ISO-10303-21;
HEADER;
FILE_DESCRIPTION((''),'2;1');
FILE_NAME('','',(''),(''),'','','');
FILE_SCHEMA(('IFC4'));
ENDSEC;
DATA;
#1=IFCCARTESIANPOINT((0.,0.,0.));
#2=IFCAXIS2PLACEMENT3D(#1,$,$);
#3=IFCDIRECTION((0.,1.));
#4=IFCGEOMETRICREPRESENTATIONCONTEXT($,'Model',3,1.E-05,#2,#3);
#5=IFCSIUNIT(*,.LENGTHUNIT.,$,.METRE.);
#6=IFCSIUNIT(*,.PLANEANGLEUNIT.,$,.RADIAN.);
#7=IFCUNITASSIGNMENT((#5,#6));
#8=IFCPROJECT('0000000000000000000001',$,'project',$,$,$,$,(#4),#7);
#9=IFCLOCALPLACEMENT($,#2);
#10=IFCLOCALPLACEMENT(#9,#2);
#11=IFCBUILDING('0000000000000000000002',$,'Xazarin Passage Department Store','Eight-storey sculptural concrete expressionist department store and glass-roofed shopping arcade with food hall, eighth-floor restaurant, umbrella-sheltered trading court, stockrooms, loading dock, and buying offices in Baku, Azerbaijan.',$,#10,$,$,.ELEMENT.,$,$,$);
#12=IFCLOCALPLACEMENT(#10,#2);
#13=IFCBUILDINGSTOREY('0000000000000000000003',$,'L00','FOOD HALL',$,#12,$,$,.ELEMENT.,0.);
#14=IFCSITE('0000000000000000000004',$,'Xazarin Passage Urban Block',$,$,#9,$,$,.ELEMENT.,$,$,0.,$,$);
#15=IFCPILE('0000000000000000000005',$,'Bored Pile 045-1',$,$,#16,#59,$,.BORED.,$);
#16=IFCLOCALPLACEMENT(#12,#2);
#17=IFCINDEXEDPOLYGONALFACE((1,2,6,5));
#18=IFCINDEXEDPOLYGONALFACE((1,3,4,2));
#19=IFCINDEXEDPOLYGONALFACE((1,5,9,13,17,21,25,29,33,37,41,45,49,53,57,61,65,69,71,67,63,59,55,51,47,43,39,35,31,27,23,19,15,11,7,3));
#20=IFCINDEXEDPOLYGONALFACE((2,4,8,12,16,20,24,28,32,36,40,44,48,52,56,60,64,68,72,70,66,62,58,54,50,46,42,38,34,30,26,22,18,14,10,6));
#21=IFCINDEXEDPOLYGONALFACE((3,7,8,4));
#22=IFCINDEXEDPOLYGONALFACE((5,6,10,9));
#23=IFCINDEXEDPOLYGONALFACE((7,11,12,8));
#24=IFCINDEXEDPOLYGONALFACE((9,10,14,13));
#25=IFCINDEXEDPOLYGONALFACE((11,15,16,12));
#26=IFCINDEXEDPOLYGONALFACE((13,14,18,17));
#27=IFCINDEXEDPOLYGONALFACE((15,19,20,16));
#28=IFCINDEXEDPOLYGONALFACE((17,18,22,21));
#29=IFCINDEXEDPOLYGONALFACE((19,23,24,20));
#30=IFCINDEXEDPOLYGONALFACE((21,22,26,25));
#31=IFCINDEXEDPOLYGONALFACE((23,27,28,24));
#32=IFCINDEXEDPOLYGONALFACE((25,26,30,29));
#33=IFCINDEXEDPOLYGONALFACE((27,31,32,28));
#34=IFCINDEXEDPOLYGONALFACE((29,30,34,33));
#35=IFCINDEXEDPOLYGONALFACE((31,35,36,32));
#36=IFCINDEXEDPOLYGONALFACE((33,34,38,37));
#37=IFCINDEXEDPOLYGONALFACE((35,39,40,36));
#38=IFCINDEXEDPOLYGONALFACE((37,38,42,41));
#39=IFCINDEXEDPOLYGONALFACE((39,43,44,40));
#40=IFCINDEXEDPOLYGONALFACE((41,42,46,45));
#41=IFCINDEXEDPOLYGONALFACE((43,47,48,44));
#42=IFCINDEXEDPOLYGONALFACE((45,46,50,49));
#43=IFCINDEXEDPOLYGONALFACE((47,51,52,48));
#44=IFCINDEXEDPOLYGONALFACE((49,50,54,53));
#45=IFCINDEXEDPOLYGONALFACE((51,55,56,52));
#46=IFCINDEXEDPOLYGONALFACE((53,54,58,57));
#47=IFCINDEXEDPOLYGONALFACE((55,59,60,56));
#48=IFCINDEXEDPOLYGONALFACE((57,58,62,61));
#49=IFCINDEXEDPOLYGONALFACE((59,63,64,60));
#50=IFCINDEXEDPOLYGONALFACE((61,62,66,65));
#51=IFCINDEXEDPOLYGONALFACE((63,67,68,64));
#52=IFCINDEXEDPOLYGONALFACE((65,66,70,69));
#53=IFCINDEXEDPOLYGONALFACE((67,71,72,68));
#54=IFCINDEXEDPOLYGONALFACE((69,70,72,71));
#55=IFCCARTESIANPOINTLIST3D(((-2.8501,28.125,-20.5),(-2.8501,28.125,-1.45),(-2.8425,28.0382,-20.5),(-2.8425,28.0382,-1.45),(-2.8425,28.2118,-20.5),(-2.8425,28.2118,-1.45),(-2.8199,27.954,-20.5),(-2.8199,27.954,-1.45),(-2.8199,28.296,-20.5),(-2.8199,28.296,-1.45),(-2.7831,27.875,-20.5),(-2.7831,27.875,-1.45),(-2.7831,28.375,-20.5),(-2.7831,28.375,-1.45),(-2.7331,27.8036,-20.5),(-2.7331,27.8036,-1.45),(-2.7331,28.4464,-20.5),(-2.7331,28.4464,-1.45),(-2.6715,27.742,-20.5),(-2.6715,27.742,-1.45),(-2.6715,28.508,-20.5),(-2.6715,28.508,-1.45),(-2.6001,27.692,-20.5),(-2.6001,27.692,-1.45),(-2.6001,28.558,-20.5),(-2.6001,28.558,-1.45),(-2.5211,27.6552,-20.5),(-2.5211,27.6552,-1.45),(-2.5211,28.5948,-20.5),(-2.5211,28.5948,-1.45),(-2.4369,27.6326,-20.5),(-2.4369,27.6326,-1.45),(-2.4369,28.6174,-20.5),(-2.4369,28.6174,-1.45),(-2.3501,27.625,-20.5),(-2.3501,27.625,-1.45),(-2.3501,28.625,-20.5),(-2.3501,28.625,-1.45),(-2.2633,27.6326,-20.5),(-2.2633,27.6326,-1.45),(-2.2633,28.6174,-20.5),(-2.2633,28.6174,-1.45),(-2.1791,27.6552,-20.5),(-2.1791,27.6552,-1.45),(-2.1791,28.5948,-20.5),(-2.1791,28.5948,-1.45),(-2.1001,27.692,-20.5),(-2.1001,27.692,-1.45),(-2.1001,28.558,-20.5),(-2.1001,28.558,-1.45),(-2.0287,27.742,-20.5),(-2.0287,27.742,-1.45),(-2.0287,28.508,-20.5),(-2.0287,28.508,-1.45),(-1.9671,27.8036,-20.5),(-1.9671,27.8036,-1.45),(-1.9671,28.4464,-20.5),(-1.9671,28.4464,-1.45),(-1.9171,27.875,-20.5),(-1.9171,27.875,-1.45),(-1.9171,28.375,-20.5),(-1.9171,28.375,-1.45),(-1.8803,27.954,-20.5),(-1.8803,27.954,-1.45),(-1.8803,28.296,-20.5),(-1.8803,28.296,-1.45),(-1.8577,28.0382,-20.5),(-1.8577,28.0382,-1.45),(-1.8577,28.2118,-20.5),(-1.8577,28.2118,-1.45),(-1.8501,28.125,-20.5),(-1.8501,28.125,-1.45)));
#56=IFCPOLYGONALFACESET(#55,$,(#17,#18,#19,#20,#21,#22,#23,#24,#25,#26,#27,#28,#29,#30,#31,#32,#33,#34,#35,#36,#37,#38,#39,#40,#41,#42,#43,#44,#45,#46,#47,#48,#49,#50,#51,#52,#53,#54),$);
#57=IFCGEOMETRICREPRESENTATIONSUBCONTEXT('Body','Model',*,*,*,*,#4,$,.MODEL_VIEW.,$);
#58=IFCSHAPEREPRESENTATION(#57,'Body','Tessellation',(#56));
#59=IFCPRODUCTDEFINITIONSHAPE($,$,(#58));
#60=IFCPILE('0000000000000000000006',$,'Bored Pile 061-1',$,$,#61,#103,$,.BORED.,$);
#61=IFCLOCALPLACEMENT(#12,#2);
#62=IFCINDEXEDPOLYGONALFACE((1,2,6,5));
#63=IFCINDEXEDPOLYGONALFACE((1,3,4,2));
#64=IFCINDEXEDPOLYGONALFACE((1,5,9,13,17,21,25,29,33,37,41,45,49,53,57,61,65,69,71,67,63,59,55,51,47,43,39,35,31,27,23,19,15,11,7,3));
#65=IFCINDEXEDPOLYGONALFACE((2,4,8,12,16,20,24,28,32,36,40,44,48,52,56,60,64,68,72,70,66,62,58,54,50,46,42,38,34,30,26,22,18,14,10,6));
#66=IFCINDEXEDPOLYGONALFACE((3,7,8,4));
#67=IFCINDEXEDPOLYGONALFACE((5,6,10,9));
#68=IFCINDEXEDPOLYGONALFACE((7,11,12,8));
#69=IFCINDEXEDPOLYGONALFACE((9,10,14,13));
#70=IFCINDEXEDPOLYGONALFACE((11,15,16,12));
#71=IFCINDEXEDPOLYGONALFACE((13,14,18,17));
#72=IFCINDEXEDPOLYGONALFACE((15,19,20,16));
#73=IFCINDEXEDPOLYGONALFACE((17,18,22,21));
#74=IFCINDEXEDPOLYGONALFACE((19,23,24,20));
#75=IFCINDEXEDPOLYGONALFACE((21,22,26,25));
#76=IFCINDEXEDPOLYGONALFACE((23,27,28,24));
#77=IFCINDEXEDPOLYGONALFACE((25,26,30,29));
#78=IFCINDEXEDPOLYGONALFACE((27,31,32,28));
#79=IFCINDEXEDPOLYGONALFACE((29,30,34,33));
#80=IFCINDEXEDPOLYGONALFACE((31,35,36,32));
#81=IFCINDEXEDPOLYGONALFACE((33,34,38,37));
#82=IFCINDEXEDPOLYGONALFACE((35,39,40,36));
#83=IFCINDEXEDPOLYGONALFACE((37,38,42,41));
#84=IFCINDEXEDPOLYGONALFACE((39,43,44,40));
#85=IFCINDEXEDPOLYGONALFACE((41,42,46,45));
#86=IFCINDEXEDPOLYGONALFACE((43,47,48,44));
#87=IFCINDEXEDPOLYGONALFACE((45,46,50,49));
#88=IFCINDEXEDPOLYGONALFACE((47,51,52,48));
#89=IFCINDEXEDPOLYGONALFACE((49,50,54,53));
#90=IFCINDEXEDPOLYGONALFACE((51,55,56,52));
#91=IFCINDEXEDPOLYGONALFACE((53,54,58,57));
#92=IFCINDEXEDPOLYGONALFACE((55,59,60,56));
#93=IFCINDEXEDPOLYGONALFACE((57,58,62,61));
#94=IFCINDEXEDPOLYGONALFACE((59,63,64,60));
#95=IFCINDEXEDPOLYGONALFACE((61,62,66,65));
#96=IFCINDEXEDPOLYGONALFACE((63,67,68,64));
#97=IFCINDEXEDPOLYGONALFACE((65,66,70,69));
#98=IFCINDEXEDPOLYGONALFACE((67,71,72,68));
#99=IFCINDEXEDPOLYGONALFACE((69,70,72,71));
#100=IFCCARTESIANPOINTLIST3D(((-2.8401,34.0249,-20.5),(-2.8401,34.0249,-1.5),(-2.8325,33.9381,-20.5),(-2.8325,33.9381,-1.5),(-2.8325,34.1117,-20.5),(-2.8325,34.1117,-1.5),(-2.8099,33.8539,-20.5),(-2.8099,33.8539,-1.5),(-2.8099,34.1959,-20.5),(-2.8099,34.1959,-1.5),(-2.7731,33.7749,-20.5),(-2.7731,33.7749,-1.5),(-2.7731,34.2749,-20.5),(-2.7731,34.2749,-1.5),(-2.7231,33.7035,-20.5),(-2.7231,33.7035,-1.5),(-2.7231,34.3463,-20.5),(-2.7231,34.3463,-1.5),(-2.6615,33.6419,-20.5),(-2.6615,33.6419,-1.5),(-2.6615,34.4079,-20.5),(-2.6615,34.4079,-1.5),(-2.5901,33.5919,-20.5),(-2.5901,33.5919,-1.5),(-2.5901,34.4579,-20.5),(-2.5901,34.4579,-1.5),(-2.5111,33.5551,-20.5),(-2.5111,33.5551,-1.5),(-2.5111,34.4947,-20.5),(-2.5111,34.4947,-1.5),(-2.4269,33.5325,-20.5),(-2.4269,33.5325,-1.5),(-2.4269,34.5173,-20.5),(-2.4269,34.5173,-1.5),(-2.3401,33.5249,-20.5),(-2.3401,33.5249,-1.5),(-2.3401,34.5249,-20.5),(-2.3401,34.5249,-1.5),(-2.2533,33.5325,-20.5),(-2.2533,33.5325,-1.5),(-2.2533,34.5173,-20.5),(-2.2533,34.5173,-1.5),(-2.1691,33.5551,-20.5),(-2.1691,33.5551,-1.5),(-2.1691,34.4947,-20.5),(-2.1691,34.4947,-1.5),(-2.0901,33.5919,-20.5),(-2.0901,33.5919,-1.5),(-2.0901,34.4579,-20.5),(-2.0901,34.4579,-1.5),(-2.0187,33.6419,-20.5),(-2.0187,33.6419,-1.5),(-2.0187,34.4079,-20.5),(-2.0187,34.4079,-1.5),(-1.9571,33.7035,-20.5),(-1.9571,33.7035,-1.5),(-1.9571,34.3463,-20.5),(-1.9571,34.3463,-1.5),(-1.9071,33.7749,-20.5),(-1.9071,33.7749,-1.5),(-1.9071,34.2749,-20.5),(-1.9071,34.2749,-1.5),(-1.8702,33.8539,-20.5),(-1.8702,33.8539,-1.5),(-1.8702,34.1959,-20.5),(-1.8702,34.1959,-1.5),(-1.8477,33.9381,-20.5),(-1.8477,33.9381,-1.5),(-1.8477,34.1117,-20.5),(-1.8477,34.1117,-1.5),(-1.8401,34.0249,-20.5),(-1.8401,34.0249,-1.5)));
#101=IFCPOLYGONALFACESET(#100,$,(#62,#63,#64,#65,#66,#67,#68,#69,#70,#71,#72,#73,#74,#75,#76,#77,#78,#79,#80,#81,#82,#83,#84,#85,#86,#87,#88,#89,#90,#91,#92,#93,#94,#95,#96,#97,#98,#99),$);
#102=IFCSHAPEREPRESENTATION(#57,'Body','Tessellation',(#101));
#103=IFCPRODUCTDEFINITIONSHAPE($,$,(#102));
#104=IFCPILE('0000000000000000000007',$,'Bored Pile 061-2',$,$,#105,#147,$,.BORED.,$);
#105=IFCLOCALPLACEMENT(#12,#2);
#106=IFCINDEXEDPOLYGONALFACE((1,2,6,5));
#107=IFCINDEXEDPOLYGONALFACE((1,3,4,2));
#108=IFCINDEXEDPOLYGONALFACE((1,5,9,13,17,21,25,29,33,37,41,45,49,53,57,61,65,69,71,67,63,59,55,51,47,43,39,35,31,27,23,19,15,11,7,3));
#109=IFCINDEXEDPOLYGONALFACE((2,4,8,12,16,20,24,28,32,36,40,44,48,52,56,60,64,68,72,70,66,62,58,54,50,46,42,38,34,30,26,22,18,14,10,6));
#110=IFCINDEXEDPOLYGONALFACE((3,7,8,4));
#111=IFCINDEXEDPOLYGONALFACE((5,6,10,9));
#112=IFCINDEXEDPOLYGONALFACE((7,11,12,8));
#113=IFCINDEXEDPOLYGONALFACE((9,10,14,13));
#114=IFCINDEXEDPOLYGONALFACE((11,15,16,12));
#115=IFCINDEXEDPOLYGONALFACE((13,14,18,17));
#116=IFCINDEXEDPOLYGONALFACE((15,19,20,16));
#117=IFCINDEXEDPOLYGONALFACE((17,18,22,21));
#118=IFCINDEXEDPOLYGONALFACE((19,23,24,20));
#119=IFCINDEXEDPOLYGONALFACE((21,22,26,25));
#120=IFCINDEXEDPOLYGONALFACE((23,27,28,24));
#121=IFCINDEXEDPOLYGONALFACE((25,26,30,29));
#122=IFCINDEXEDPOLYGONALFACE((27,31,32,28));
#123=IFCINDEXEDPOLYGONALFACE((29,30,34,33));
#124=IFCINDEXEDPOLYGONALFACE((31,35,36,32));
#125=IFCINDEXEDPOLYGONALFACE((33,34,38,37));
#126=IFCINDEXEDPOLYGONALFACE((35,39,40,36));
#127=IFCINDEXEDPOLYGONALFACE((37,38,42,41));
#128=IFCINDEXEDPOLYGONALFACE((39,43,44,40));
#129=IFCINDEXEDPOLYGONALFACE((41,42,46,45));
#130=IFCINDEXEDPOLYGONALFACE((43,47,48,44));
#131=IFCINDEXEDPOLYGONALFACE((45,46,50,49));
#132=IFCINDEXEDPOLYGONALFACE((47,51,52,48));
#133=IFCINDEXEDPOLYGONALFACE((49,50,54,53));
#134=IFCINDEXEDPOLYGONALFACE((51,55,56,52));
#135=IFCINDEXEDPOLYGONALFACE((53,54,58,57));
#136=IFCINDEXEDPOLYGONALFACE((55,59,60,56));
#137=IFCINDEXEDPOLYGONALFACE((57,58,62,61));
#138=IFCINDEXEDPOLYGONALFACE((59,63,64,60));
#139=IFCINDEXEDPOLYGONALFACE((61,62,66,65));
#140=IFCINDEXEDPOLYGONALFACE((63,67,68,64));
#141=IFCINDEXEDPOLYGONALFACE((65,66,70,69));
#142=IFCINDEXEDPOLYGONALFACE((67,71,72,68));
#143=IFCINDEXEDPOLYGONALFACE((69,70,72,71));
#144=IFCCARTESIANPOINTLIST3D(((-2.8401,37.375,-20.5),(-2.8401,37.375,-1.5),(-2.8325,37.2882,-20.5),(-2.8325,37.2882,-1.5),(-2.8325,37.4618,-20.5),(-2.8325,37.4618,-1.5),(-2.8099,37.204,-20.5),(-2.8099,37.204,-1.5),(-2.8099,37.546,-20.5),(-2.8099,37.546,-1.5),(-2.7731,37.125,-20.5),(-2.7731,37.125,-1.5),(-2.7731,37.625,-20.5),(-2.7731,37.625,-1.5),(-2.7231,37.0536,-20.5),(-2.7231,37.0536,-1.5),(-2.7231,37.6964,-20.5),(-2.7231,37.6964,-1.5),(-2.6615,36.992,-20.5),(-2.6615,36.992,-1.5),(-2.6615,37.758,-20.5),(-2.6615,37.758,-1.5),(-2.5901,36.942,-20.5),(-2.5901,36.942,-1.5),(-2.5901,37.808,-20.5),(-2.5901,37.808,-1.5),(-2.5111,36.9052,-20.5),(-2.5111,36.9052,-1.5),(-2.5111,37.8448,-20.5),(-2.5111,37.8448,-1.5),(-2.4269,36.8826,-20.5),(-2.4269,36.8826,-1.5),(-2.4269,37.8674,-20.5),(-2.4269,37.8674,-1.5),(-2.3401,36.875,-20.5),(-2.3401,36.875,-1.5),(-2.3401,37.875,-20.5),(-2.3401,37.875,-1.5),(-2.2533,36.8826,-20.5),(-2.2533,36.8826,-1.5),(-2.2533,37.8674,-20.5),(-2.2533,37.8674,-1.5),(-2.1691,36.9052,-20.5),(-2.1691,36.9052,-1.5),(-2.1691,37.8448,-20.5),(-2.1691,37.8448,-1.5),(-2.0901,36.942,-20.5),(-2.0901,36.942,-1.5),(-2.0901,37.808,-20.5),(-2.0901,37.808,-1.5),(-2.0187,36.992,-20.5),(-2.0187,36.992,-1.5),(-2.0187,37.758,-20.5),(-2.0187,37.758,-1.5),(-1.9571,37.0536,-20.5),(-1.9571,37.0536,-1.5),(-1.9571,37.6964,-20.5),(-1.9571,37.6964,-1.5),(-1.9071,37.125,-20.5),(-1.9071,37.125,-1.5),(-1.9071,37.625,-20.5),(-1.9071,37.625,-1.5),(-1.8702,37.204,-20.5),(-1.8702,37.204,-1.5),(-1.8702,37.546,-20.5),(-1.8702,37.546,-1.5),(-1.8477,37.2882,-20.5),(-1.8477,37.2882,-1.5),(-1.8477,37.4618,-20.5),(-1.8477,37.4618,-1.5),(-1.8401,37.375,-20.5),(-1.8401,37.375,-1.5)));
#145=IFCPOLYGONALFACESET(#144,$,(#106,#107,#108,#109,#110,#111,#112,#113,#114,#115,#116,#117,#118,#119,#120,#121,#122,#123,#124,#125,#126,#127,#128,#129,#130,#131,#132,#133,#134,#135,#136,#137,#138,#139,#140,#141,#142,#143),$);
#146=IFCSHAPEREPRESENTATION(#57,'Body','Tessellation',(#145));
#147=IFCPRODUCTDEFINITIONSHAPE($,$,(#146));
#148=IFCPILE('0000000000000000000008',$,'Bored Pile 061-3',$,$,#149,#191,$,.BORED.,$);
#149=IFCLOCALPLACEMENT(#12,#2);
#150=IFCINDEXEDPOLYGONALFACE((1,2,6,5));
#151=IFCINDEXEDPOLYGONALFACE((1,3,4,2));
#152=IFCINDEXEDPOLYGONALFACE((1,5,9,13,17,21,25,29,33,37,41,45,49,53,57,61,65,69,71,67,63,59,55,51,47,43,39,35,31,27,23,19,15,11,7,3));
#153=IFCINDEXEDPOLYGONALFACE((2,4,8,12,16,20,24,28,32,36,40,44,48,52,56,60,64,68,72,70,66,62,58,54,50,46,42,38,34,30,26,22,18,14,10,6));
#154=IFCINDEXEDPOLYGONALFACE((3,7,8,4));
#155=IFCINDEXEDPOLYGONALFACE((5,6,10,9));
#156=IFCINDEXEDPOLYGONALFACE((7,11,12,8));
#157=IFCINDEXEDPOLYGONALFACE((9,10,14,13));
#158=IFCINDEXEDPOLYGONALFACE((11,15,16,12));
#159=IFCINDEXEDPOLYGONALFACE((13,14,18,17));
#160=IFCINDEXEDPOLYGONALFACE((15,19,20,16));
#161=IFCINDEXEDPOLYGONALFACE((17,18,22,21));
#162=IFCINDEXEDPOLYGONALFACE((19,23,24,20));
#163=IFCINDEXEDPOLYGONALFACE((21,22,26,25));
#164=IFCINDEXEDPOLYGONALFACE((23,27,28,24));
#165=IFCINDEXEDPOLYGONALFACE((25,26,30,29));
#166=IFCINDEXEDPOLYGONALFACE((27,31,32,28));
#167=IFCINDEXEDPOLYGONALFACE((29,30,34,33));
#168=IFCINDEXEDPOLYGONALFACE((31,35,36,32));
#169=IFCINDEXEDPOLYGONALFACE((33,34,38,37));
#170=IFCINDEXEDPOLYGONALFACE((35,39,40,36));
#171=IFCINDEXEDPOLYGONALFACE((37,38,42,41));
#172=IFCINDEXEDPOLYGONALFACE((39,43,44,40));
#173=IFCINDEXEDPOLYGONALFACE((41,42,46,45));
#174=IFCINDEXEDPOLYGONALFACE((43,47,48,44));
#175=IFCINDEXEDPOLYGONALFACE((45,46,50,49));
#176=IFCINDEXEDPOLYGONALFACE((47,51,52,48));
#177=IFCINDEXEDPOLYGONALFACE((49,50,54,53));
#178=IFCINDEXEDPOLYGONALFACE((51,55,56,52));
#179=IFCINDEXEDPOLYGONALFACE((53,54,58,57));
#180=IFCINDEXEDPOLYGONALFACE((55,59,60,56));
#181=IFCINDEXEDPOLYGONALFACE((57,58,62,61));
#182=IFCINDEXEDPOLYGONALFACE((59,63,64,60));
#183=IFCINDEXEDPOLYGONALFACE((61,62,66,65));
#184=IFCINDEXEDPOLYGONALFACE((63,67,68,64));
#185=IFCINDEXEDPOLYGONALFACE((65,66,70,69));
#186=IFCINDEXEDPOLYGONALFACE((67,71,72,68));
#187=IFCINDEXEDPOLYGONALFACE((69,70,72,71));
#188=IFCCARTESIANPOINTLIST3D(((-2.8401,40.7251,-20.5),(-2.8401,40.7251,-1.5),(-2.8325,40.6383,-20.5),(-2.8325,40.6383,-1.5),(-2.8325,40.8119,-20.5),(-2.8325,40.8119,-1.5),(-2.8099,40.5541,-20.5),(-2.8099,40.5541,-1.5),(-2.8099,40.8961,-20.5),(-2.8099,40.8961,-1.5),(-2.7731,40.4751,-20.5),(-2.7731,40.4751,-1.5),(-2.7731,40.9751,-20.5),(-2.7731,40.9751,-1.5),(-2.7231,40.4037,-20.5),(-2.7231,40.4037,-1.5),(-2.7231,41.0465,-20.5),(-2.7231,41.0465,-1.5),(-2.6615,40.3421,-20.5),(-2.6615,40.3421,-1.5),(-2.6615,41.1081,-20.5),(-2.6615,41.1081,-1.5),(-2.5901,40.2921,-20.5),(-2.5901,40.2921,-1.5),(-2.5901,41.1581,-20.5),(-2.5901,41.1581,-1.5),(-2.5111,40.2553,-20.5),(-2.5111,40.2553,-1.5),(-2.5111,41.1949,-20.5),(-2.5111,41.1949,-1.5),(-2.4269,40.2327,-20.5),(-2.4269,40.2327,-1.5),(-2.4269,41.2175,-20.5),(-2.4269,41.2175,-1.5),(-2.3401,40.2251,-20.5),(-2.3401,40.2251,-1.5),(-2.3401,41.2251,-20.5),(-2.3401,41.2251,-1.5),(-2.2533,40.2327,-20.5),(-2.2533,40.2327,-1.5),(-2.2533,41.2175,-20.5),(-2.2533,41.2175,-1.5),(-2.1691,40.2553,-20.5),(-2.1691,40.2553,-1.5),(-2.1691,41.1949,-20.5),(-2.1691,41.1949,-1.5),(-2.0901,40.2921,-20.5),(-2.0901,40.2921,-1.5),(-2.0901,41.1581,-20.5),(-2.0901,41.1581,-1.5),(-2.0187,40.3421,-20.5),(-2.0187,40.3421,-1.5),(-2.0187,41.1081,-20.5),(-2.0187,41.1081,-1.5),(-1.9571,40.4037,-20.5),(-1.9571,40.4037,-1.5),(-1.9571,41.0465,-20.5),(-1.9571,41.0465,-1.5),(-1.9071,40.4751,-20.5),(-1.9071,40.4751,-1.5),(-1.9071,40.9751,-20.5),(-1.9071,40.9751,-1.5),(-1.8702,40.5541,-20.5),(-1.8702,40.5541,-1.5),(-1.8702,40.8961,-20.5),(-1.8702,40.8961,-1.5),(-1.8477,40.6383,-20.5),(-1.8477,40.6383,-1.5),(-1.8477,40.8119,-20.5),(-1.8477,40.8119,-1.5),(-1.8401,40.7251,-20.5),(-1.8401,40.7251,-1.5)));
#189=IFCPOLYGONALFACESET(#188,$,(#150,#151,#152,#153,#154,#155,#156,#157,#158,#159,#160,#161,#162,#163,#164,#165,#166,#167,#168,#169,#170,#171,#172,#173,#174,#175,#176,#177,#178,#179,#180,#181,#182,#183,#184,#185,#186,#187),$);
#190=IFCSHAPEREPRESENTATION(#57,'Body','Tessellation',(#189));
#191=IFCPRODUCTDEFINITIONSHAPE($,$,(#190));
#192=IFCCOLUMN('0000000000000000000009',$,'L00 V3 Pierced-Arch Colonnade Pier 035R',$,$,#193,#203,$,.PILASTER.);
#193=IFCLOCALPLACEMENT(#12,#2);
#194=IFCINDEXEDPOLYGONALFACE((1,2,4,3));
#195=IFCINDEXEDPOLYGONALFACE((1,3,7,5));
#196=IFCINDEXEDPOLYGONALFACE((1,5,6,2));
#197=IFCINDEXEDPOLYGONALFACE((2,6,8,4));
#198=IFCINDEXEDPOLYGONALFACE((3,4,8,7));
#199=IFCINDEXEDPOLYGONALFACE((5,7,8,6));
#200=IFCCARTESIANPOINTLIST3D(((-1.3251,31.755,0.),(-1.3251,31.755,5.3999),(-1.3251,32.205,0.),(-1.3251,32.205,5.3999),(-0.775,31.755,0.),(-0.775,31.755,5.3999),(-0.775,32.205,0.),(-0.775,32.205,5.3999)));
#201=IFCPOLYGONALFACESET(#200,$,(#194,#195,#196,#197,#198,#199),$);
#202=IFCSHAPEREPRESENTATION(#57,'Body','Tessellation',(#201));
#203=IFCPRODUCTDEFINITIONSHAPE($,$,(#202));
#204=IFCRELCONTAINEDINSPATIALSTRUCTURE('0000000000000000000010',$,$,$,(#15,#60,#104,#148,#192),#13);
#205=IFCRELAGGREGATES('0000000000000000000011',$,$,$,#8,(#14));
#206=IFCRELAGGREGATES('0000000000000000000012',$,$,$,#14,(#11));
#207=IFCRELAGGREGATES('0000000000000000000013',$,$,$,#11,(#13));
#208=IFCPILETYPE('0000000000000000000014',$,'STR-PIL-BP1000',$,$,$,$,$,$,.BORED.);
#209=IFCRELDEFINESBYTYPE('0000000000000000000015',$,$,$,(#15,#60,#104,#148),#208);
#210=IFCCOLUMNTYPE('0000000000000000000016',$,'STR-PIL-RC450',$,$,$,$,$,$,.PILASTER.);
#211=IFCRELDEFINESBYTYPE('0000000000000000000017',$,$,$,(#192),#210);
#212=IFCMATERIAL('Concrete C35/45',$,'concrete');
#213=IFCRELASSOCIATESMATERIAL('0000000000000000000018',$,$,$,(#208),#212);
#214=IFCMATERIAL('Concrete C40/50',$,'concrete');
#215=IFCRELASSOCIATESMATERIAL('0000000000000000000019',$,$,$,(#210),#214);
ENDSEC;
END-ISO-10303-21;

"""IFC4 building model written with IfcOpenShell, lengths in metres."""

from ifc_helpers import new_model, si_unit, direction, frame, origin, origin_2d, place, context, subcontext, project, spatial, rectangle, circle, extrude, material, material_profile, profile_set, type_object, element, save


model = new_model("IFC4")

# Units and contexts
model_context = context("Model", 3, precision=1e-05, world=origin(), true_north=direction((0.0, 1.0)))
body_context = subcontext(model_context, "Body", "Model", "MODEL_VIEW")
ifc_project = project(units=[si_unit("LENGTHUNIT", "METRE"), si_unit("PLANEANGLEUNIT", "RADIAN")], contexts=[model_context])

# Site, building, storey
site_placement = place(None, origin())
site = spatial("IfcSite", under=ifc_project, at=site_placement, Name="Xazarin Passage Urban Block", CompositionType="ELEMENT", RefElevation=0.0)
building_placement = place(site_placement, origin())
building = spatial("IfcBuilding", under=site, at=building_placement, Name="Xazarin Passage Department Store", Description="Eight-storey sculptural concrete expressionist department store and glass-roofed shopping arcade with food hall, eighth-floor restaurant, umbrella-sheltered trading court, stockrooms, loading dock, and buying offices in Baku, Azerbaijan.", CompositionType="ELEMENT")
storey_placement = place(building_placement, origin())
storey = spatial("IfcBuildingStorey", under=building, at=storey_placement, Name="L00", Description="FOOD HALL", CompositionType="ELEMENT", Elevation=0.0)

# Piles
ifc_material_1 = material(Name="Concrete C35/45", Category="concrete")
ifc_material_profile_1 = material_profile(ifc_material_1, circle(Radius=0.5, at=origin_2d()), Name="BP 1000")
ifc_profile_set_1 = profile_set([ifc_material_profile_1], Name="Concrete C35/45")
pile_type = type_object("IfcPileType", Name="STR-PIL-BP1000", PredefinedType="BORED", material=ifc_profile_set_1)
pile_placement = place(storey_placement, frame((-2.3501, 28.125, -1.45), z_axis=(0.0, 0.0, -1.0), x_axis=(1.0, 0.0, 0.0)))
element("IfcPile", 1, at=pile_placement, inside=storey, type_object=pile_type, Name="Bored Pile 045-1", PredefinedType="BORED", context=body_context, shape_type="SweptSolid", body=[
    extrude(circle(Radius=0.5, at=origin_2d()), origin(), (0.0, 0.0, 1.0), 19.05),
])
for number, where, z_axis, x_axis, name in (
    (2, (-2.3401, 34.0249, -1.5), (0.0, 0.0, -1.0), (1.0, 0.0, 0.0), "Bored Pile 061-1"),
    (3, (-2.3401, 37.375, -1.5), (0.0, 0.0, -1.0), (1.0, 0.0, 0.0), "Bored Pile 061-2"),
    (4, (-2.3401, 40.7251, -1.5), (0.0, 0.0, -1.0), (1.0, 0.0, 0.0), "Bored Pile 061-3"),
):
    element("IfcPile", number, at=place(storey_placement, frame(where, z_axis=z_axis, x_axis=x_axis)), inside=storey, type_object=pile_type, Name=name, PredefinedType="BORED", context=body_context, shape_type="SweptSolid", body=[
        extrude(circle(Radius=0.5, at=origin_2d()), origin(), (0.0, 0.0, 1.0), 19.0),
    ])

# Column
ifc_material_2 = material(Name="Concrete C40/50", Category="concrete")
ifc_material_profile_2 = material_profile(ifc_material_2, rectangle(XDim=0.45, YDim=0.55, at=origin_2d()), Name="RC 450x550")
ifc_profile_set_2 = profile_set([ifc_material_profile_2], Name="Concrete C40/50")
column_type = type_object("IfcColumnType", Name="STR-PIL-RC450", PredefinedType="PILASTER", material=ifc_profile_set_2)
for number, where, z_axis, x_axis, name in (
    (5, (-1.05, 31.98, 0.0), (0.0, 0.0, 1.0), (0.0, 1.0, 0.0), "L00 V3 Pierced-Arch Colonnade Pier 035R"),
):
    element("IfcColumn", number, at=place(storey_placement, frame(where, z_axis=z_axis, x_axis=x_axis)), inside=storey, type_object=column_type, Name=name, PredefinedType="PILASTER", context=body_context, shape_type="SweptSolid", body=[
        extrude(rectangle(XDim=0.45, YDim=0.55, at=origin_2d()), origin(), (0.0, 0.0, 1.0), 5.3999),
    ])

save(model, "model.ifc")
